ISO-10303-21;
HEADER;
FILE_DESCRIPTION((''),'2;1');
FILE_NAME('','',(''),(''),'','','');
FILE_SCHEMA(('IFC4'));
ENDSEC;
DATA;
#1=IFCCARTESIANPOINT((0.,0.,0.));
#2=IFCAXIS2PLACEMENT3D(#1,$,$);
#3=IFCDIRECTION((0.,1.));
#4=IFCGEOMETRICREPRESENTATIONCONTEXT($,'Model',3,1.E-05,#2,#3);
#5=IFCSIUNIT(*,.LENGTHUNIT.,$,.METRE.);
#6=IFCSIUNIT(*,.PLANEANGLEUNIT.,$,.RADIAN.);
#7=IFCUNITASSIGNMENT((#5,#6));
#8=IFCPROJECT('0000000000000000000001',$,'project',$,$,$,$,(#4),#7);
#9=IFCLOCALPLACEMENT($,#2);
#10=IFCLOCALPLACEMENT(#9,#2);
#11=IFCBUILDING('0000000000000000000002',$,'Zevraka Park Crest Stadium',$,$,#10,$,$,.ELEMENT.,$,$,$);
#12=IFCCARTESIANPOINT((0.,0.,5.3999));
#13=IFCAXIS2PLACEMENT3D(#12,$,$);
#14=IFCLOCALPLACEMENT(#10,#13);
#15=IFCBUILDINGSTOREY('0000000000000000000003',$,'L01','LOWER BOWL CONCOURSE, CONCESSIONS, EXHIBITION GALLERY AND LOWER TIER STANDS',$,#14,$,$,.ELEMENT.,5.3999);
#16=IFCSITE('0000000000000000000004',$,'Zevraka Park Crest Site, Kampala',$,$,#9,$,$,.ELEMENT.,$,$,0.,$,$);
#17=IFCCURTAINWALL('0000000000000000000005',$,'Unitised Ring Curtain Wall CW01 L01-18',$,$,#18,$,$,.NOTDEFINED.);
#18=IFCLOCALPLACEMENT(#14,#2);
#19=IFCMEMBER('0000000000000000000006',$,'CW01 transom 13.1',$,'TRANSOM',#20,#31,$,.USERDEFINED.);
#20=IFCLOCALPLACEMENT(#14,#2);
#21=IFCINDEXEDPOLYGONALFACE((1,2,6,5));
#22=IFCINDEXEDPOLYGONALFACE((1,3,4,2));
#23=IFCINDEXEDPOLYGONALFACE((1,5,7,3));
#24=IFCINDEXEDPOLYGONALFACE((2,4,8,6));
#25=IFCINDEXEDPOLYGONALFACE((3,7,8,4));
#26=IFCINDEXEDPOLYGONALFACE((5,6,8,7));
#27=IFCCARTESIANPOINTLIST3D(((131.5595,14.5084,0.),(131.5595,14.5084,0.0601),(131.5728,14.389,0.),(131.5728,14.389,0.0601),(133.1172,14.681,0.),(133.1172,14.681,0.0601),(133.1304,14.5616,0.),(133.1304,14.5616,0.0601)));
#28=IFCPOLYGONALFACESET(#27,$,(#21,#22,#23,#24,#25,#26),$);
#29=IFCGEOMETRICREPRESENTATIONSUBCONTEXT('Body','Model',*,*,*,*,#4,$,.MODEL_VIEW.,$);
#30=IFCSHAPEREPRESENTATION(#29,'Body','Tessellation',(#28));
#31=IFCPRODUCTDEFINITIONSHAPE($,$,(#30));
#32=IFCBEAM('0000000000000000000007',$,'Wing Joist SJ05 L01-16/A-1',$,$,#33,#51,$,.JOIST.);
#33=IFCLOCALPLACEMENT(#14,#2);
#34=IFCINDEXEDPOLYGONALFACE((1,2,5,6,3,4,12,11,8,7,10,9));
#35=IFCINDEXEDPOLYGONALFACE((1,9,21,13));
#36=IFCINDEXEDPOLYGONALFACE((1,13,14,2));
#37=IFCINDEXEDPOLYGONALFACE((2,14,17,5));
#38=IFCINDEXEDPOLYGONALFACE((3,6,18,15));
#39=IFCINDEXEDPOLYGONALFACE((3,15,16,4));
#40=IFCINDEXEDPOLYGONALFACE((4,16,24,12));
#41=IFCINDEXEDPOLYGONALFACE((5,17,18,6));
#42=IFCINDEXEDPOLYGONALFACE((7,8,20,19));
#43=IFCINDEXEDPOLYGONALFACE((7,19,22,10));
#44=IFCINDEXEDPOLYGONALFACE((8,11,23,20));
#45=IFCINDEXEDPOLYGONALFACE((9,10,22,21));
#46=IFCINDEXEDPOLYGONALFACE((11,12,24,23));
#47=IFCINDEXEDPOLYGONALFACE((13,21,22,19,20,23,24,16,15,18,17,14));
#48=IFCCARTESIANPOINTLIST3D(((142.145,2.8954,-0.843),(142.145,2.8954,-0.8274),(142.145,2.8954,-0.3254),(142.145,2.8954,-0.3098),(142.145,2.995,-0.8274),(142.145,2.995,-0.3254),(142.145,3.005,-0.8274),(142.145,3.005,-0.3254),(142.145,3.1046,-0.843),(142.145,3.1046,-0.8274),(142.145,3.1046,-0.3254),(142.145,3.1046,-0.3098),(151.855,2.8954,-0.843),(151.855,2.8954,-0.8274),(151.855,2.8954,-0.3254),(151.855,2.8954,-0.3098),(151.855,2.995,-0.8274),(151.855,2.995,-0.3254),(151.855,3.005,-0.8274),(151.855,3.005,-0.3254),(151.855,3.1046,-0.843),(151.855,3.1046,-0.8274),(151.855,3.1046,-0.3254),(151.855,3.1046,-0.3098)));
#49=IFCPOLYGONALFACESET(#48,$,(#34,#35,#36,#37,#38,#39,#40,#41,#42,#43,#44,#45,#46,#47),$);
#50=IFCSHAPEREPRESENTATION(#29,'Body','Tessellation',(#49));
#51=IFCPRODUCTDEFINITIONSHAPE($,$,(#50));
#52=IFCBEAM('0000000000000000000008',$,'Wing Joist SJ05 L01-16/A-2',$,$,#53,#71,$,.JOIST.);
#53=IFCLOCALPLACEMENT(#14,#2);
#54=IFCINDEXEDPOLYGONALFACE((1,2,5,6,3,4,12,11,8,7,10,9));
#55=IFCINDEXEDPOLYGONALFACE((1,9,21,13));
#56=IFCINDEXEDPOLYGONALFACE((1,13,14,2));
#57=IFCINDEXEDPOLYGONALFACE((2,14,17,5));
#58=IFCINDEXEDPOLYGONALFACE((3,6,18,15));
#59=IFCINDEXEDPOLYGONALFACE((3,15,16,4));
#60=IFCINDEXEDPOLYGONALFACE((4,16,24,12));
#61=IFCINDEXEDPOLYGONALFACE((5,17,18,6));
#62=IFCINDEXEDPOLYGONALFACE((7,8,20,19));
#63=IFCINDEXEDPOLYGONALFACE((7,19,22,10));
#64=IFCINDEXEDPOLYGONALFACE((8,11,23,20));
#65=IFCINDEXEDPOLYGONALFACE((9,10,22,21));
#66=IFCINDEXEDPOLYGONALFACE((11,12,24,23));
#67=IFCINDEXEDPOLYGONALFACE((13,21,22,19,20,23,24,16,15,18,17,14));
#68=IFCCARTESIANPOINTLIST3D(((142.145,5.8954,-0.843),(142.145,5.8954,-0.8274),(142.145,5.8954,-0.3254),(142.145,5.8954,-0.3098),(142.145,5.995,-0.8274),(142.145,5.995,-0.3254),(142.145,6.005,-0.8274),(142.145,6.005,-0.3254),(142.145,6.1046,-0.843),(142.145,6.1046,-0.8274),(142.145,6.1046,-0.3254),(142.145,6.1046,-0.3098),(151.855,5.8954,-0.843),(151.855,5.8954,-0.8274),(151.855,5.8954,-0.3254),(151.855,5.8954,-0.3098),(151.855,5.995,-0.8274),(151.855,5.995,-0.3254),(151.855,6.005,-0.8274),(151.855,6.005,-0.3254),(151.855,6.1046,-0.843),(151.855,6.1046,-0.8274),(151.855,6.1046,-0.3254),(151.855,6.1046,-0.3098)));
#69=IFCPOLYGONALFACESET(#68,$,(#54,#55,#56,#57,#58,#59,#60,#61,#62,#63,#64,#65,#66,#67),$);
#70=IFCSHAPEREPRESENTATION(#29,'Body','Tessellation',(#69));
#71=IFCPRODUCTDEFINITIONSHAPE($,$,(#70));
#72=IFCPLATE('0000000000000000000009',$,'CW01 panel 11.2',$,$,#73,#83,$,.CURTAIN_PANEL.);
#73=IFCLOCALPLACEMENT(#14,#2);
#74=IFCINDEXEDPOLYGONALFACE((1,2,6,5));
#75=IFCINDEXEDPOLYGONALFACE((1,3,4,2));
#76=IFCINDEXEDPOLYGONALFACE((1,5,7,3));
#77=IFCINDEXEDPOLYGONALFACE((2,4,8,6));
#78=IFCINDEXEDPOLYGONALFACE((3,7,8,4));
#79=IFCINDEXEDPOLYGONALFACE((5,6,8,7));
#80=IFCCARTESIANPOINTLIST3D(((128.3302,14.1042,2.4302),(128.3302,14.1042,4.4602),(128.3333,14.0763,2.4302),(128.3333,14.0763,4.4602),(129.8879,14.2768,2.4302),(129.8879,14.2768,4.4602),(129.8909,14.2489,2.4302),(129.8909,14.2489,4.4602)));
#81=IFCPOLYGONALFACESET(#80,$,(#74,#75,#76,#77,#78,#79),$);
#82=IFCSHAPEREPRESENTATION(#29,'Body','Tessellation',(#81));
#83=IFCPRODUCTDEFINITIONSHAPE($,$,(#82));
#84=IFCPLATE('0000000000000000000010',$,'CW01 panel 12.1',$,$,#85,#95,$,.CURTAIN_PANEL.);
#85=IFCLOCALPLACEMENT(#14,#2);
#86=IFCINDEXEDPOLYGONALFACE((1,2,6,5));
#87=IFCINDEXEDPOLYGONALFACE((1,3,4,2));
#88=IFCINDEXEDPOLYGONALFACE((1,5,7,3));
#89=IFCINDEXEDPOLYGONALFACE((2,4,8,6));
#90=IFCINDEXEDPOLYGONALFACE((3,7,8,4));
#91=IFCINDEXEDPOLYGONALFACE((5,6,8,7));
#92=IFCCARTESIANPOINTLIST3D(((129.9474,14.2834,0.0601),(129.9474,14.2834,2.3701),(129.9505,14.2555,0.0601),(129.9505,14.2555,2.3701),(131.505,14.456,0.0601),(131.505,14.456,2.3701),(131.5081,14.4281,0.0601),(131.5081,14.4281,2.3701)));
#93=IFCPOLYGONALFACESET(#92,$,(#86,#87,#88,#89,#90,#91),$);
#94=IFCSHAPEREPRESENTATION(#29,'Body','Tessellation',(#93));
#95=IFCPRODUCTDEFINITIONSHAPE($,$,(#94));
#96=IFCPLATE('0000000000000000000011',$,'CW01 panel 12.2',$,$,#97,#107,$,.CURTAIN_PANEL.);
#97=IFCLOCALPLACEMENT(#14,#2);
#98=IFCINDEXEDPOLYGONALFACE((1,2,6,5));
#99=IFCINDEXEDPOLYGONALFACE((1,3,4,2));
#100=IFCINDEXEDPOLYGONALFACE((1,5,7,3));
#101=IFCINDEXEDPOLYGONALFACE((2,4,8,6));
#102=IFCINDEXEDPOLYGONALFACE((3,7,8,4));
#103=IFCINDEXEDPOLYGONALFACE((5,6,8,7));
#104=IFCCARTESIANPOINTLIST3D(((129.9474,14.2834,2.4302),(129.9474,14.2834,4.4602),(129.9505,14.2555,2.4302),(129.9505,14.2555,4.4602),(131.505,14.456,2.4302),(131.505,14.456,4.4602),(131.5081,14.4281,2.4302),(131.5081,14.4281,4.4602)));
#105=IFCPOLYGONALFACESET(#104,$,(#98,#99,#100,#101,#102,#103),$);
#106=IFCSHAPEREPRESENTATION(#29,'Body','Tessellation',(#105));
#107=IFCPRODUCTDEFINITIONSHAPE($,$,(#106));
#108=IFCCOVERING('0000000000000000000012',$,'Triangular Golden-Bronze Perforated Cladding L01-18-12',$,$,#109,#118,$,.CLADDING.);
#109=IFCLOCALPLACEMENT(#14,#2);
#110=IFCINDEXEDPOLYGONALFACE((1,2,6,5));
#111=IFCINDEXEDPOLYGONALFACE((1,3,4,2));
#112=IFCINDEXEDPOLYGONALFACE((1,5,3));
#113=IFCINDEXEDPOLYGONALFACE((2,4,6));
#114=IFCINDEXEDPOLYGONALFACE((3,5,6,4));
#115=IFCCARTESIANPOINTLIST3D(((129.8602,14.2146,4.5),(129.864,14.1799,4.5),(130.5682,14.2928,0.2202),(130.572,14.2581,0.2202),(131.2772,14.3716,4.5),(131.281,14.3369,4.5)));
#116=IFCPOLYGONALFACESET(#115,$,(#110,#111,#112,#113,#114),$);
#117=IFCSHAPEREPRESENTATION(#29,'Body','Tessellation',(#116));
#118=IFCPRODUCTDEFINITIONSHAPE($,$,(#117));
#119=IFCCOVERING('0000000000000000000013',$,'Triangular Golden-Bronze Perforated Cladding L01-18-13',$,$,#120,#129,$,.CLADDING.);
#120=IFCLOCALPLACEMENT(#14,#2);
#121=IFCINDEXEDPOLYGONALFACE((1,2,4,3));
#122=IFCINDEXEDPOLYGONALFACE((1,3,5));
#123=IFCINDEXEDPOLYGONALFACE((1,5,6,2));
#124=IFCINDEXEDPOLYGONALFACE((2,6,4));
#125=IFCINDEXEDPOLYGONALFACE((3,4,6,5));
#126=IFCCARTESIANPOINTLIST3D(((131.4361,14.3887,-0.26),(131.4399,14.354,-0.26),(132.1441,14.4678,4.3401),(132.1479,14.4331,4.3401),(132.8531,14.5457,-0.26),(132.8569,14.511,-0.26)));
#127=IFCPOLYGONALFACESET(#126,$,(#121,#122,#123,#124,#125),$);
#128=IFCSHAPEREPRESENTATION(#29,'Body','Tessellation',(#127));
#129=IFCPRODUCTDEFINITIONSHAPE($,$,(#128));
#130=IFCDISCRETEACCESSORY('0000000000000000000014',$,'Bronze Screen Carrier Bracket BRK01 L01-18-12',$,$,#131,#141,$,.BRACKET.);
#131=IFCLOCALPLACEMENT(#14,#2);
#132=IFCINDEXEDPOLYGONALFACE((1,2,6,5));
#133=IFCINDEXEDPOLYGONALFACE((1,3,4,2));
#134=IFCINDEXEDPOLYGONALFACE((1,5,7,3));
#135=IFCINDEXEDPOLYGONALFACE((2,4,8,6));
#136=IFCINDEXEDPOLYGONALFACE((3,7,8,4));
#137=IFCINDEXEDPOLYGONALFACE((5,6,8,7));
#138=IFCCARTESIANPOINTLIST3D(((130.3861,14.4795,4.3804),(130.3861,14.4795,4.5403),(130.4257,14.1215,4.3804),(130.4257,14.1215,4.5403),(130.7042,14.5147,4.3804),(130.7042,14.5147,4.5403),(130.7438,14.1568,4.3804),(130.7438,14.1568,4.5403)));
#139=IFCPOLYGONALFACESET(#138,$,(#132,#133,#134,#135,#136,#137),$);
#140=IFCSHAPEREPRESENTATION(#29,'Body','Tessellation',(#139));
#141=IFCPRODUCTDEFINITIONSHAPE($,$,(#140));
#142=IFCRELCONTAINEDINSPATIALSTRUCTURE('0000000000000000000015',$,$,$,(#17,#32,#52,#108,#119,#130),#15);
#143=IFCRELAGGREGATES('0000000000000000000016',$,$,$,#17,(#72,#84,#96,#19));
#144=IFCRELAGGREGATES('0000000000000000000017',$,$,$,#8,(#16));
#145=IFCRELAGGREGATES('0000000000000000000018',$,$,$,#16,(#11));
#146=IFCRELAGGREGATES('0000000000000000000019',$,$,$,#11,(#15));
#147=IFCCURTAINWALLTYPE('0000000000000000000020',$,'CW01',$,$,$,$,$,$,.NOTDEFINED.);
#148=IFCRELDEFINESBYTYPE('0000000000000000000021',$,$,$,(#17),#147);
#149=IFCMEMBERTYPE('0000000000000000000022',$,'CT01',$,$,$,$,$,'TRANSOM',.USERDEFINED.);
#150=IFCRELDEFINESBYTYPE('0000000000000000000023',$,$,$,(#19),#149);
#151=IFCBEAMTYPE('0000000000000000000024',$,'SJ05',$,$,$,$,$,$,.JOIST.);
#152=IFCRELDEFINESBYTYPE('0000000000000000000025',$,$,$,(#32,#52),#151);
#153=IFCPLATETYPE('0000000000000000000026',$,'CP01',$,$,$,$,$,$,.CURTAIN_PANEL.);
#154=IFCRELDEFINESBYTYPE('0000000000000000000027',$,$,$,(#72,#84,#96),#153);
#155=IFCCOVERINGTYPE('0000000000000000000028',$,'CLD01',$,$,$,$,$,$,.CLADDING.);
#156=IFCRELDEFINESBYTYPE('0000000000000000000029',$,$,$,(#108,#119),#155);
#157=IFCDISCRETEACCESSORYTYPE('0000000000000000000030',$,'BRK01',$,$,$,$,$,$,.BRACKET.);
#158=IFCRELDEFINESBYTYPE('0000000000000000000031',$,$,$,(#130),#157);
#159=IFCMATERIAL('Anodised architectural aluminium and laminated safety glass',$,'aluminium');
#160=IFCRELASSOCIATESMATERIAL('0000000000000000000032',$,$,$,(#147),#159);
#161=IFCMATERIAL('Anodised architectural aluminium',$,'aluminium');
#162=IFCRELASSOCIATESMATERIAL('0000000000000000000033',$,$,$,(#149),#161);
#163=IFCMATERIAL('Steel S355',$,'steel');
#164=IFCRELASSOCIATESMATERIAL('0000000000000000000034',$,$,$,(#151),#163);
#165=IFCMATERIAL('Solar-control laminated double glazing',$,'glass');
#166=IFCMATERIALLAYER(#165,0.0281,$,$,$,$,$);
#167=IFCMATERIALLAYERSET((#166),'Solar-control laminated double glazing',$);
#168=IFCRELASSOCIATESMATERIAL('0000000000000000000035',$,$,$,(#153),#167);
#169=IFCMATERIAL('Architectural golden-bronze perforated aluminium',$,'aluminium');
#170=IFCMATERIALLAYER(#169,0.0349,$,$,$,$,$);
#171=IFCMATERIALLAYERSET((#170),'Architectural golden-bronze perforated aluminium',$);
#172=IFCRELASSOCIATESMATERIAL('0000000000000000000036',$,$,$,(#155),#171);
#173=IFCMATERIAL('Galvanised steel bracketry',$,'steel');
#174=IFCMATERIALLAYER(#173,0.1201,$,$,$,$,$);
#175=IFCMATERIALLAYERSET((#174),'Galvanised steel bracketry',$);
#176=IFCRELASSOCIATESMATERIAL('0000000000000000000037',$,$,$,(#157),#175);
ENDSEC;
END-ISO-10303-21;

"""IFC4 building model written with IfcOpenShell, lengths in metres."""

from ifc_helpers import new_model, si_unit, direction, frame, origin, origin_2d, place, context, subcontext, project, spatial, polyline, rectangle, i_section, outline, extrude, material, layer, layer_set, material_profile, profile_set, type_object, element, aggregate, save


model = new_model("IFC4")

# Units and contexts
model_context = context("Model", 3, precision=1e-05, world=origin(), true_north=direction((0.0, 1.0)))
body_context = subcontext(model_context, "Body", "Model", "MODEL_VIEW")
ifc_project = project(units=[si_unit("LENGTHUNIT", "METRE"), si_unit("PLANEANGLEUNIT", "RADIAN")], contexts=[model_context])

# Site, building, storey
site_placement = place(None, origin())
site = spatial("IfcSite", under=ifc_project, at=site_placement, Name="Zevraka Park Crest Site, Kampala", CompositionType="ELEMENT", RefElevation=0.0)
building_placement = place(site_placement, origin())
building = spatial("IfcBuilding", under=site, at=building_placement, Name="Zevraka Park Crest Stadium", CompositionType="ELEMENT")
storey_placement = place(building_placement, frame((0.0, 0.0, 5.3999)))
storey = spatial("IfcBuildingStorey", under=building, at=storey_placement, Name="L01", Description="LOWER BOWL CONCOURSE, CONCESSIONS, EXHIBITION GALLERY AND LOWER TIER STANDS", CompositionType="ELEMENT", Elevation=5.3999)

# Curtain wall, member
ifc_material_1 = material(Name="Anodised architectural aluminium and laminated safety glass", Category="aluminium")
curtain_wall_type = type_object("IfcCurtainWallType", Name="CW01", PredefinedType="NOTDEFINED", material=ifc_material_1)
curtain_wall_placement = place(storey_placement, origin())
curtain_wall = element("IfcCurtainWall", 1, at=curtain_wall_placement, inside=storey, type_object=curtain_wall_type, Name="Unitised Ring Curtain Wall CW01 L01-18", PredefinedType="NOTDEFINED")
ifc_material_2 = material(Name="Anodised architectural aluminium", Category="aluminium")
ifc_material_profile_1 = material_profile(ifc_material_2, rectangle(XDim=0.1201, YDim=0.0601, at=origin_2d()), Name="ALU TRANSOM 120x60")
ifc_profile_set_1 = profile_set([ifc_material_profile_1], Name="Anodised architectural aluminium")
member_type_1 = type_object("IfcMemberType", Name="CT01", ElementType="TRANSOM", PredefinedType="USERDEFINED", material=ifc_profile_set_1)
member_1_placement = place(storey_placement, frame((131.5662, 14.4487, 0.03), z_axis=(0.993916, 0.110141, 0.0), x_axis=(-0.110141, 0.993916, 0.0)))
member_1 = element("IfcMember", 2, at=member_1_placement, type_object=member_type_1, Name="CW01 transom 13.1", ObjectType="TRANSOM", PredefinedType="USERDEFINED", context=body_context, shape_type="SweptSolid", body=[
    extrude(rectangle(XDim=0.1201, YDim=0.0601, at=origin_2d()), origin(), (0.0, 0.0, 1.0), 1.5671),
])

# Beams
ifc_material_3 = material(Name="Steel S355", Category="steel")
ifc_material_profile_2 = material_profile(ifc_material_3, i_section(OverallWidth=0.2092, OverallDepth=0.5332, WebThickness=0.01, FlangeThickness=0.0156, at=origin_2d()), Name="UKB 533x210x92")
ifc_profile_set_2 = profile_set([ifc_material_profile_2], Name="Steel S355")
beam_type_1 = type_object("IfcBeamType", Name="SJ05", PredefinedType="JOIST", material=ifc_profile_set_2)
for number, where, z_axis, x_axis, name in (
    (3, (142.145, 3.0, -0.5764), (1.0, 0.0, 0.0), (0.0, 1.0, 0.0), "Wing Joist SJ05 L01-16/A-1"),
    (4, (142.145, 6.0, -0.5764), (1.0, 0.0, 0.0), (0.0, 1.0, 0.0), "Wing Joist SJ05 L01-16/A-2"),
):
    element("IfcBeam", number, at=place(storey_placement, frame(where, z_axis=z_axis, x_axis=x_axis)), inside=storey, type_object=beam_type_1, Name=name, PredefinedType="JOIST", context=body_context, shape_type="SweptSolid", body=[
        extrude(i_section(OverallWidth=0.2092, OverallDepth=0.5332, WebThickness=0.01, FlangeThickness=0.0156, at=origin_2d()), origin(), (0.0, 0.0, 1.0), 9.71),
    ])

# Plates
ifc_material_4 = material(Name="Solar-control laminated double glazing", Category="glass")
ifc_layer_1 = layer(ifc_material_4, 0.0281)
ifc_layer_set_1 = layer_set([ifc_layer_1], Name="Solar-control laminated double glazing")
plate_type = type_object("IfcPlateType", Name="CP01", PredefinedType="CURTAIN_PANEL", material=ifc_layer_set_1)
plate_1_placement = place(storey_placement, frame((129.1106, 14.1765, 2.4302), z_axis=(0.0, 0.0, 1.0), x_axis=(0.993917, 0.110135, 0.0)))
plate_1 = element("IfcPlate", 5, at=plate_1_placement, type_object=plate_type, Name="CW01 panel 11.2", PredefinedType="CURTAIN_PANEL", context=body_context, shape_type="SweptSolid", body=[
    extrude(rectangle(XDim=1.5671, YDim=0.0281, at=origin_2d()), origin(), (0.0, 0.0, 1.0), 2.03),
])
plate_2_placement = place(storey_placement, frame((130.7278, 14.3557, 0.0601), z_axis=(0.0, 0.0, 1.0), x_axis=(0.993917, 0.110135, 0.0)))
plate_2 = element("IfcPlate", 6, at=plate_2_placement, type_object=plate_type, Name="CW01 panel 12.1", PredefinedType="CURTAIN_PANEL", context=body_context, shape_type="SweptSolid", body=[
    extrude(rectangle(XDim=1.5671, YDim=0.0281, at=origin_2d()), origin(), (0.0, 0.0, 1.0), 2.3101),
])
plate_3_placement = place(storey_placement, frame((130.7278, 14.3557, 2.4302), z_axis=(0.0, 0.0, 1.0), x_axis=(0.993917, 0.110135, 0.0)))
plate_3 = element("IfcPlate", 7, at=plate_3_placement, type_object=plate_type, Name="CW01 panel 12.2", PredefinedType="CURTAIN_PANEL", context=body_context, shape_type="SweptSolid", body=[
    extrude(rectangle(XDim=1.5671, YDim=0.0281, at=origin_2d()), origin(), (0.0, 0.0, 1.0), 2.03),
])
aggregate(curtain_wall, [plate_1, plate_2, plate_3, member_1])

# Coverings
ifc_material_5 = material(Name="Architectural golden-bronze perforated aluminium", Category="aluminium")
ifc_layer_2 = layer(ifc_material_5, 0.0349)
ifc_layer_set_2 = layer_set([ifc_layer_2], Name="Architectural golden-bronze perforated aluminium")
covering_type = type_object("IfcCoveringType", Name="CLD01", PredefinedType="CLADDING", material=ifc_layer_set_2)
covering_1_placement = place(storey_placement, frame((131.281, 14.3369, 4.5), z_axis=(0.110112, -0.993919, 0.000072), x_axis=(-0.993919, -0.110112, 0.0)))
element("IfcCovering", 8, at=covering_1_placement, inside=storey, type_object=covering_type, Name="Triangular Golden-Bronze Perforated Cladding L01-18-12", PredefinedType="CLADDING", context=body_context, shape_type="SweptSolid", body=[
    extrude(outline(polyline([(0.0, 0.0), (1.4257, 0.0), (0.7134, 4.2798), (0.0, 0.0)])), origin(), (0.0, 0.0, -1.0), 0.0349),
])
covering_2_placement = place(storey_placement, frame((131.4399, 14.354, -0.26), z_axis=(0.110112, -0.993919, 0.000144), x_axis=(0.993919, 0.110112, 0.0)))
element("IfcCovering", 9, at=covering_2_placement, inside=storey, type_object=covering_type, Name="Triangular Golden-Bronze Perforated Cladding L01-18-13", PredefinedType="CLADDING", context=body_context, shape_type="SweptSolid", body=[
    extrude(outline(polyline([(0.0, 0.0), (1.4257, 0.0), (0.7124, 4.6001), (0.0, 0.0)])), origin(), (0.0, 0.0, -1.0), 0.0349),
])

# Discrete accessory
ifc_material_6 = material(Name="Galvanised steel bracketry", Category="steel")
ifc_layer_3 = layer(ifc_material_6, 0.1201)
ifc_layer_set_3 = layer_set([ifc_layer_3], Name="Galvanised steel bracketry")
discrete_accessory_type = type_object("IfcDiscreteAccessoryType", Name="BRK01", PredefinedType="BRACKET", material=ifc_layer_set_3)
discrete_accessory_placement = place(storey_placement, frame((130.5649, 14.3181, 4.3804), z_axis=(0.0, 0.0, 1.0), x_axis=(0.993923, 0.110081, 0.0)))
element("IfcDiscreteAccessory", 10, at=discrete_accessory_placement, inside=storey, type_object=discrete_accessory_type, Name="Bronze Screen Carrier Bracket BRK01 L01-18-12", PredefinedType="BRACKET", context=body_context, shape_type="SweptSolid", body=[
    extrude(rectangle(XDim=0.3201, YDim=0.3601, at=origin_2d()), origin(), (0.0, 0.0, 1.0), 0.1599),
])

save(model, "model.ifc")
